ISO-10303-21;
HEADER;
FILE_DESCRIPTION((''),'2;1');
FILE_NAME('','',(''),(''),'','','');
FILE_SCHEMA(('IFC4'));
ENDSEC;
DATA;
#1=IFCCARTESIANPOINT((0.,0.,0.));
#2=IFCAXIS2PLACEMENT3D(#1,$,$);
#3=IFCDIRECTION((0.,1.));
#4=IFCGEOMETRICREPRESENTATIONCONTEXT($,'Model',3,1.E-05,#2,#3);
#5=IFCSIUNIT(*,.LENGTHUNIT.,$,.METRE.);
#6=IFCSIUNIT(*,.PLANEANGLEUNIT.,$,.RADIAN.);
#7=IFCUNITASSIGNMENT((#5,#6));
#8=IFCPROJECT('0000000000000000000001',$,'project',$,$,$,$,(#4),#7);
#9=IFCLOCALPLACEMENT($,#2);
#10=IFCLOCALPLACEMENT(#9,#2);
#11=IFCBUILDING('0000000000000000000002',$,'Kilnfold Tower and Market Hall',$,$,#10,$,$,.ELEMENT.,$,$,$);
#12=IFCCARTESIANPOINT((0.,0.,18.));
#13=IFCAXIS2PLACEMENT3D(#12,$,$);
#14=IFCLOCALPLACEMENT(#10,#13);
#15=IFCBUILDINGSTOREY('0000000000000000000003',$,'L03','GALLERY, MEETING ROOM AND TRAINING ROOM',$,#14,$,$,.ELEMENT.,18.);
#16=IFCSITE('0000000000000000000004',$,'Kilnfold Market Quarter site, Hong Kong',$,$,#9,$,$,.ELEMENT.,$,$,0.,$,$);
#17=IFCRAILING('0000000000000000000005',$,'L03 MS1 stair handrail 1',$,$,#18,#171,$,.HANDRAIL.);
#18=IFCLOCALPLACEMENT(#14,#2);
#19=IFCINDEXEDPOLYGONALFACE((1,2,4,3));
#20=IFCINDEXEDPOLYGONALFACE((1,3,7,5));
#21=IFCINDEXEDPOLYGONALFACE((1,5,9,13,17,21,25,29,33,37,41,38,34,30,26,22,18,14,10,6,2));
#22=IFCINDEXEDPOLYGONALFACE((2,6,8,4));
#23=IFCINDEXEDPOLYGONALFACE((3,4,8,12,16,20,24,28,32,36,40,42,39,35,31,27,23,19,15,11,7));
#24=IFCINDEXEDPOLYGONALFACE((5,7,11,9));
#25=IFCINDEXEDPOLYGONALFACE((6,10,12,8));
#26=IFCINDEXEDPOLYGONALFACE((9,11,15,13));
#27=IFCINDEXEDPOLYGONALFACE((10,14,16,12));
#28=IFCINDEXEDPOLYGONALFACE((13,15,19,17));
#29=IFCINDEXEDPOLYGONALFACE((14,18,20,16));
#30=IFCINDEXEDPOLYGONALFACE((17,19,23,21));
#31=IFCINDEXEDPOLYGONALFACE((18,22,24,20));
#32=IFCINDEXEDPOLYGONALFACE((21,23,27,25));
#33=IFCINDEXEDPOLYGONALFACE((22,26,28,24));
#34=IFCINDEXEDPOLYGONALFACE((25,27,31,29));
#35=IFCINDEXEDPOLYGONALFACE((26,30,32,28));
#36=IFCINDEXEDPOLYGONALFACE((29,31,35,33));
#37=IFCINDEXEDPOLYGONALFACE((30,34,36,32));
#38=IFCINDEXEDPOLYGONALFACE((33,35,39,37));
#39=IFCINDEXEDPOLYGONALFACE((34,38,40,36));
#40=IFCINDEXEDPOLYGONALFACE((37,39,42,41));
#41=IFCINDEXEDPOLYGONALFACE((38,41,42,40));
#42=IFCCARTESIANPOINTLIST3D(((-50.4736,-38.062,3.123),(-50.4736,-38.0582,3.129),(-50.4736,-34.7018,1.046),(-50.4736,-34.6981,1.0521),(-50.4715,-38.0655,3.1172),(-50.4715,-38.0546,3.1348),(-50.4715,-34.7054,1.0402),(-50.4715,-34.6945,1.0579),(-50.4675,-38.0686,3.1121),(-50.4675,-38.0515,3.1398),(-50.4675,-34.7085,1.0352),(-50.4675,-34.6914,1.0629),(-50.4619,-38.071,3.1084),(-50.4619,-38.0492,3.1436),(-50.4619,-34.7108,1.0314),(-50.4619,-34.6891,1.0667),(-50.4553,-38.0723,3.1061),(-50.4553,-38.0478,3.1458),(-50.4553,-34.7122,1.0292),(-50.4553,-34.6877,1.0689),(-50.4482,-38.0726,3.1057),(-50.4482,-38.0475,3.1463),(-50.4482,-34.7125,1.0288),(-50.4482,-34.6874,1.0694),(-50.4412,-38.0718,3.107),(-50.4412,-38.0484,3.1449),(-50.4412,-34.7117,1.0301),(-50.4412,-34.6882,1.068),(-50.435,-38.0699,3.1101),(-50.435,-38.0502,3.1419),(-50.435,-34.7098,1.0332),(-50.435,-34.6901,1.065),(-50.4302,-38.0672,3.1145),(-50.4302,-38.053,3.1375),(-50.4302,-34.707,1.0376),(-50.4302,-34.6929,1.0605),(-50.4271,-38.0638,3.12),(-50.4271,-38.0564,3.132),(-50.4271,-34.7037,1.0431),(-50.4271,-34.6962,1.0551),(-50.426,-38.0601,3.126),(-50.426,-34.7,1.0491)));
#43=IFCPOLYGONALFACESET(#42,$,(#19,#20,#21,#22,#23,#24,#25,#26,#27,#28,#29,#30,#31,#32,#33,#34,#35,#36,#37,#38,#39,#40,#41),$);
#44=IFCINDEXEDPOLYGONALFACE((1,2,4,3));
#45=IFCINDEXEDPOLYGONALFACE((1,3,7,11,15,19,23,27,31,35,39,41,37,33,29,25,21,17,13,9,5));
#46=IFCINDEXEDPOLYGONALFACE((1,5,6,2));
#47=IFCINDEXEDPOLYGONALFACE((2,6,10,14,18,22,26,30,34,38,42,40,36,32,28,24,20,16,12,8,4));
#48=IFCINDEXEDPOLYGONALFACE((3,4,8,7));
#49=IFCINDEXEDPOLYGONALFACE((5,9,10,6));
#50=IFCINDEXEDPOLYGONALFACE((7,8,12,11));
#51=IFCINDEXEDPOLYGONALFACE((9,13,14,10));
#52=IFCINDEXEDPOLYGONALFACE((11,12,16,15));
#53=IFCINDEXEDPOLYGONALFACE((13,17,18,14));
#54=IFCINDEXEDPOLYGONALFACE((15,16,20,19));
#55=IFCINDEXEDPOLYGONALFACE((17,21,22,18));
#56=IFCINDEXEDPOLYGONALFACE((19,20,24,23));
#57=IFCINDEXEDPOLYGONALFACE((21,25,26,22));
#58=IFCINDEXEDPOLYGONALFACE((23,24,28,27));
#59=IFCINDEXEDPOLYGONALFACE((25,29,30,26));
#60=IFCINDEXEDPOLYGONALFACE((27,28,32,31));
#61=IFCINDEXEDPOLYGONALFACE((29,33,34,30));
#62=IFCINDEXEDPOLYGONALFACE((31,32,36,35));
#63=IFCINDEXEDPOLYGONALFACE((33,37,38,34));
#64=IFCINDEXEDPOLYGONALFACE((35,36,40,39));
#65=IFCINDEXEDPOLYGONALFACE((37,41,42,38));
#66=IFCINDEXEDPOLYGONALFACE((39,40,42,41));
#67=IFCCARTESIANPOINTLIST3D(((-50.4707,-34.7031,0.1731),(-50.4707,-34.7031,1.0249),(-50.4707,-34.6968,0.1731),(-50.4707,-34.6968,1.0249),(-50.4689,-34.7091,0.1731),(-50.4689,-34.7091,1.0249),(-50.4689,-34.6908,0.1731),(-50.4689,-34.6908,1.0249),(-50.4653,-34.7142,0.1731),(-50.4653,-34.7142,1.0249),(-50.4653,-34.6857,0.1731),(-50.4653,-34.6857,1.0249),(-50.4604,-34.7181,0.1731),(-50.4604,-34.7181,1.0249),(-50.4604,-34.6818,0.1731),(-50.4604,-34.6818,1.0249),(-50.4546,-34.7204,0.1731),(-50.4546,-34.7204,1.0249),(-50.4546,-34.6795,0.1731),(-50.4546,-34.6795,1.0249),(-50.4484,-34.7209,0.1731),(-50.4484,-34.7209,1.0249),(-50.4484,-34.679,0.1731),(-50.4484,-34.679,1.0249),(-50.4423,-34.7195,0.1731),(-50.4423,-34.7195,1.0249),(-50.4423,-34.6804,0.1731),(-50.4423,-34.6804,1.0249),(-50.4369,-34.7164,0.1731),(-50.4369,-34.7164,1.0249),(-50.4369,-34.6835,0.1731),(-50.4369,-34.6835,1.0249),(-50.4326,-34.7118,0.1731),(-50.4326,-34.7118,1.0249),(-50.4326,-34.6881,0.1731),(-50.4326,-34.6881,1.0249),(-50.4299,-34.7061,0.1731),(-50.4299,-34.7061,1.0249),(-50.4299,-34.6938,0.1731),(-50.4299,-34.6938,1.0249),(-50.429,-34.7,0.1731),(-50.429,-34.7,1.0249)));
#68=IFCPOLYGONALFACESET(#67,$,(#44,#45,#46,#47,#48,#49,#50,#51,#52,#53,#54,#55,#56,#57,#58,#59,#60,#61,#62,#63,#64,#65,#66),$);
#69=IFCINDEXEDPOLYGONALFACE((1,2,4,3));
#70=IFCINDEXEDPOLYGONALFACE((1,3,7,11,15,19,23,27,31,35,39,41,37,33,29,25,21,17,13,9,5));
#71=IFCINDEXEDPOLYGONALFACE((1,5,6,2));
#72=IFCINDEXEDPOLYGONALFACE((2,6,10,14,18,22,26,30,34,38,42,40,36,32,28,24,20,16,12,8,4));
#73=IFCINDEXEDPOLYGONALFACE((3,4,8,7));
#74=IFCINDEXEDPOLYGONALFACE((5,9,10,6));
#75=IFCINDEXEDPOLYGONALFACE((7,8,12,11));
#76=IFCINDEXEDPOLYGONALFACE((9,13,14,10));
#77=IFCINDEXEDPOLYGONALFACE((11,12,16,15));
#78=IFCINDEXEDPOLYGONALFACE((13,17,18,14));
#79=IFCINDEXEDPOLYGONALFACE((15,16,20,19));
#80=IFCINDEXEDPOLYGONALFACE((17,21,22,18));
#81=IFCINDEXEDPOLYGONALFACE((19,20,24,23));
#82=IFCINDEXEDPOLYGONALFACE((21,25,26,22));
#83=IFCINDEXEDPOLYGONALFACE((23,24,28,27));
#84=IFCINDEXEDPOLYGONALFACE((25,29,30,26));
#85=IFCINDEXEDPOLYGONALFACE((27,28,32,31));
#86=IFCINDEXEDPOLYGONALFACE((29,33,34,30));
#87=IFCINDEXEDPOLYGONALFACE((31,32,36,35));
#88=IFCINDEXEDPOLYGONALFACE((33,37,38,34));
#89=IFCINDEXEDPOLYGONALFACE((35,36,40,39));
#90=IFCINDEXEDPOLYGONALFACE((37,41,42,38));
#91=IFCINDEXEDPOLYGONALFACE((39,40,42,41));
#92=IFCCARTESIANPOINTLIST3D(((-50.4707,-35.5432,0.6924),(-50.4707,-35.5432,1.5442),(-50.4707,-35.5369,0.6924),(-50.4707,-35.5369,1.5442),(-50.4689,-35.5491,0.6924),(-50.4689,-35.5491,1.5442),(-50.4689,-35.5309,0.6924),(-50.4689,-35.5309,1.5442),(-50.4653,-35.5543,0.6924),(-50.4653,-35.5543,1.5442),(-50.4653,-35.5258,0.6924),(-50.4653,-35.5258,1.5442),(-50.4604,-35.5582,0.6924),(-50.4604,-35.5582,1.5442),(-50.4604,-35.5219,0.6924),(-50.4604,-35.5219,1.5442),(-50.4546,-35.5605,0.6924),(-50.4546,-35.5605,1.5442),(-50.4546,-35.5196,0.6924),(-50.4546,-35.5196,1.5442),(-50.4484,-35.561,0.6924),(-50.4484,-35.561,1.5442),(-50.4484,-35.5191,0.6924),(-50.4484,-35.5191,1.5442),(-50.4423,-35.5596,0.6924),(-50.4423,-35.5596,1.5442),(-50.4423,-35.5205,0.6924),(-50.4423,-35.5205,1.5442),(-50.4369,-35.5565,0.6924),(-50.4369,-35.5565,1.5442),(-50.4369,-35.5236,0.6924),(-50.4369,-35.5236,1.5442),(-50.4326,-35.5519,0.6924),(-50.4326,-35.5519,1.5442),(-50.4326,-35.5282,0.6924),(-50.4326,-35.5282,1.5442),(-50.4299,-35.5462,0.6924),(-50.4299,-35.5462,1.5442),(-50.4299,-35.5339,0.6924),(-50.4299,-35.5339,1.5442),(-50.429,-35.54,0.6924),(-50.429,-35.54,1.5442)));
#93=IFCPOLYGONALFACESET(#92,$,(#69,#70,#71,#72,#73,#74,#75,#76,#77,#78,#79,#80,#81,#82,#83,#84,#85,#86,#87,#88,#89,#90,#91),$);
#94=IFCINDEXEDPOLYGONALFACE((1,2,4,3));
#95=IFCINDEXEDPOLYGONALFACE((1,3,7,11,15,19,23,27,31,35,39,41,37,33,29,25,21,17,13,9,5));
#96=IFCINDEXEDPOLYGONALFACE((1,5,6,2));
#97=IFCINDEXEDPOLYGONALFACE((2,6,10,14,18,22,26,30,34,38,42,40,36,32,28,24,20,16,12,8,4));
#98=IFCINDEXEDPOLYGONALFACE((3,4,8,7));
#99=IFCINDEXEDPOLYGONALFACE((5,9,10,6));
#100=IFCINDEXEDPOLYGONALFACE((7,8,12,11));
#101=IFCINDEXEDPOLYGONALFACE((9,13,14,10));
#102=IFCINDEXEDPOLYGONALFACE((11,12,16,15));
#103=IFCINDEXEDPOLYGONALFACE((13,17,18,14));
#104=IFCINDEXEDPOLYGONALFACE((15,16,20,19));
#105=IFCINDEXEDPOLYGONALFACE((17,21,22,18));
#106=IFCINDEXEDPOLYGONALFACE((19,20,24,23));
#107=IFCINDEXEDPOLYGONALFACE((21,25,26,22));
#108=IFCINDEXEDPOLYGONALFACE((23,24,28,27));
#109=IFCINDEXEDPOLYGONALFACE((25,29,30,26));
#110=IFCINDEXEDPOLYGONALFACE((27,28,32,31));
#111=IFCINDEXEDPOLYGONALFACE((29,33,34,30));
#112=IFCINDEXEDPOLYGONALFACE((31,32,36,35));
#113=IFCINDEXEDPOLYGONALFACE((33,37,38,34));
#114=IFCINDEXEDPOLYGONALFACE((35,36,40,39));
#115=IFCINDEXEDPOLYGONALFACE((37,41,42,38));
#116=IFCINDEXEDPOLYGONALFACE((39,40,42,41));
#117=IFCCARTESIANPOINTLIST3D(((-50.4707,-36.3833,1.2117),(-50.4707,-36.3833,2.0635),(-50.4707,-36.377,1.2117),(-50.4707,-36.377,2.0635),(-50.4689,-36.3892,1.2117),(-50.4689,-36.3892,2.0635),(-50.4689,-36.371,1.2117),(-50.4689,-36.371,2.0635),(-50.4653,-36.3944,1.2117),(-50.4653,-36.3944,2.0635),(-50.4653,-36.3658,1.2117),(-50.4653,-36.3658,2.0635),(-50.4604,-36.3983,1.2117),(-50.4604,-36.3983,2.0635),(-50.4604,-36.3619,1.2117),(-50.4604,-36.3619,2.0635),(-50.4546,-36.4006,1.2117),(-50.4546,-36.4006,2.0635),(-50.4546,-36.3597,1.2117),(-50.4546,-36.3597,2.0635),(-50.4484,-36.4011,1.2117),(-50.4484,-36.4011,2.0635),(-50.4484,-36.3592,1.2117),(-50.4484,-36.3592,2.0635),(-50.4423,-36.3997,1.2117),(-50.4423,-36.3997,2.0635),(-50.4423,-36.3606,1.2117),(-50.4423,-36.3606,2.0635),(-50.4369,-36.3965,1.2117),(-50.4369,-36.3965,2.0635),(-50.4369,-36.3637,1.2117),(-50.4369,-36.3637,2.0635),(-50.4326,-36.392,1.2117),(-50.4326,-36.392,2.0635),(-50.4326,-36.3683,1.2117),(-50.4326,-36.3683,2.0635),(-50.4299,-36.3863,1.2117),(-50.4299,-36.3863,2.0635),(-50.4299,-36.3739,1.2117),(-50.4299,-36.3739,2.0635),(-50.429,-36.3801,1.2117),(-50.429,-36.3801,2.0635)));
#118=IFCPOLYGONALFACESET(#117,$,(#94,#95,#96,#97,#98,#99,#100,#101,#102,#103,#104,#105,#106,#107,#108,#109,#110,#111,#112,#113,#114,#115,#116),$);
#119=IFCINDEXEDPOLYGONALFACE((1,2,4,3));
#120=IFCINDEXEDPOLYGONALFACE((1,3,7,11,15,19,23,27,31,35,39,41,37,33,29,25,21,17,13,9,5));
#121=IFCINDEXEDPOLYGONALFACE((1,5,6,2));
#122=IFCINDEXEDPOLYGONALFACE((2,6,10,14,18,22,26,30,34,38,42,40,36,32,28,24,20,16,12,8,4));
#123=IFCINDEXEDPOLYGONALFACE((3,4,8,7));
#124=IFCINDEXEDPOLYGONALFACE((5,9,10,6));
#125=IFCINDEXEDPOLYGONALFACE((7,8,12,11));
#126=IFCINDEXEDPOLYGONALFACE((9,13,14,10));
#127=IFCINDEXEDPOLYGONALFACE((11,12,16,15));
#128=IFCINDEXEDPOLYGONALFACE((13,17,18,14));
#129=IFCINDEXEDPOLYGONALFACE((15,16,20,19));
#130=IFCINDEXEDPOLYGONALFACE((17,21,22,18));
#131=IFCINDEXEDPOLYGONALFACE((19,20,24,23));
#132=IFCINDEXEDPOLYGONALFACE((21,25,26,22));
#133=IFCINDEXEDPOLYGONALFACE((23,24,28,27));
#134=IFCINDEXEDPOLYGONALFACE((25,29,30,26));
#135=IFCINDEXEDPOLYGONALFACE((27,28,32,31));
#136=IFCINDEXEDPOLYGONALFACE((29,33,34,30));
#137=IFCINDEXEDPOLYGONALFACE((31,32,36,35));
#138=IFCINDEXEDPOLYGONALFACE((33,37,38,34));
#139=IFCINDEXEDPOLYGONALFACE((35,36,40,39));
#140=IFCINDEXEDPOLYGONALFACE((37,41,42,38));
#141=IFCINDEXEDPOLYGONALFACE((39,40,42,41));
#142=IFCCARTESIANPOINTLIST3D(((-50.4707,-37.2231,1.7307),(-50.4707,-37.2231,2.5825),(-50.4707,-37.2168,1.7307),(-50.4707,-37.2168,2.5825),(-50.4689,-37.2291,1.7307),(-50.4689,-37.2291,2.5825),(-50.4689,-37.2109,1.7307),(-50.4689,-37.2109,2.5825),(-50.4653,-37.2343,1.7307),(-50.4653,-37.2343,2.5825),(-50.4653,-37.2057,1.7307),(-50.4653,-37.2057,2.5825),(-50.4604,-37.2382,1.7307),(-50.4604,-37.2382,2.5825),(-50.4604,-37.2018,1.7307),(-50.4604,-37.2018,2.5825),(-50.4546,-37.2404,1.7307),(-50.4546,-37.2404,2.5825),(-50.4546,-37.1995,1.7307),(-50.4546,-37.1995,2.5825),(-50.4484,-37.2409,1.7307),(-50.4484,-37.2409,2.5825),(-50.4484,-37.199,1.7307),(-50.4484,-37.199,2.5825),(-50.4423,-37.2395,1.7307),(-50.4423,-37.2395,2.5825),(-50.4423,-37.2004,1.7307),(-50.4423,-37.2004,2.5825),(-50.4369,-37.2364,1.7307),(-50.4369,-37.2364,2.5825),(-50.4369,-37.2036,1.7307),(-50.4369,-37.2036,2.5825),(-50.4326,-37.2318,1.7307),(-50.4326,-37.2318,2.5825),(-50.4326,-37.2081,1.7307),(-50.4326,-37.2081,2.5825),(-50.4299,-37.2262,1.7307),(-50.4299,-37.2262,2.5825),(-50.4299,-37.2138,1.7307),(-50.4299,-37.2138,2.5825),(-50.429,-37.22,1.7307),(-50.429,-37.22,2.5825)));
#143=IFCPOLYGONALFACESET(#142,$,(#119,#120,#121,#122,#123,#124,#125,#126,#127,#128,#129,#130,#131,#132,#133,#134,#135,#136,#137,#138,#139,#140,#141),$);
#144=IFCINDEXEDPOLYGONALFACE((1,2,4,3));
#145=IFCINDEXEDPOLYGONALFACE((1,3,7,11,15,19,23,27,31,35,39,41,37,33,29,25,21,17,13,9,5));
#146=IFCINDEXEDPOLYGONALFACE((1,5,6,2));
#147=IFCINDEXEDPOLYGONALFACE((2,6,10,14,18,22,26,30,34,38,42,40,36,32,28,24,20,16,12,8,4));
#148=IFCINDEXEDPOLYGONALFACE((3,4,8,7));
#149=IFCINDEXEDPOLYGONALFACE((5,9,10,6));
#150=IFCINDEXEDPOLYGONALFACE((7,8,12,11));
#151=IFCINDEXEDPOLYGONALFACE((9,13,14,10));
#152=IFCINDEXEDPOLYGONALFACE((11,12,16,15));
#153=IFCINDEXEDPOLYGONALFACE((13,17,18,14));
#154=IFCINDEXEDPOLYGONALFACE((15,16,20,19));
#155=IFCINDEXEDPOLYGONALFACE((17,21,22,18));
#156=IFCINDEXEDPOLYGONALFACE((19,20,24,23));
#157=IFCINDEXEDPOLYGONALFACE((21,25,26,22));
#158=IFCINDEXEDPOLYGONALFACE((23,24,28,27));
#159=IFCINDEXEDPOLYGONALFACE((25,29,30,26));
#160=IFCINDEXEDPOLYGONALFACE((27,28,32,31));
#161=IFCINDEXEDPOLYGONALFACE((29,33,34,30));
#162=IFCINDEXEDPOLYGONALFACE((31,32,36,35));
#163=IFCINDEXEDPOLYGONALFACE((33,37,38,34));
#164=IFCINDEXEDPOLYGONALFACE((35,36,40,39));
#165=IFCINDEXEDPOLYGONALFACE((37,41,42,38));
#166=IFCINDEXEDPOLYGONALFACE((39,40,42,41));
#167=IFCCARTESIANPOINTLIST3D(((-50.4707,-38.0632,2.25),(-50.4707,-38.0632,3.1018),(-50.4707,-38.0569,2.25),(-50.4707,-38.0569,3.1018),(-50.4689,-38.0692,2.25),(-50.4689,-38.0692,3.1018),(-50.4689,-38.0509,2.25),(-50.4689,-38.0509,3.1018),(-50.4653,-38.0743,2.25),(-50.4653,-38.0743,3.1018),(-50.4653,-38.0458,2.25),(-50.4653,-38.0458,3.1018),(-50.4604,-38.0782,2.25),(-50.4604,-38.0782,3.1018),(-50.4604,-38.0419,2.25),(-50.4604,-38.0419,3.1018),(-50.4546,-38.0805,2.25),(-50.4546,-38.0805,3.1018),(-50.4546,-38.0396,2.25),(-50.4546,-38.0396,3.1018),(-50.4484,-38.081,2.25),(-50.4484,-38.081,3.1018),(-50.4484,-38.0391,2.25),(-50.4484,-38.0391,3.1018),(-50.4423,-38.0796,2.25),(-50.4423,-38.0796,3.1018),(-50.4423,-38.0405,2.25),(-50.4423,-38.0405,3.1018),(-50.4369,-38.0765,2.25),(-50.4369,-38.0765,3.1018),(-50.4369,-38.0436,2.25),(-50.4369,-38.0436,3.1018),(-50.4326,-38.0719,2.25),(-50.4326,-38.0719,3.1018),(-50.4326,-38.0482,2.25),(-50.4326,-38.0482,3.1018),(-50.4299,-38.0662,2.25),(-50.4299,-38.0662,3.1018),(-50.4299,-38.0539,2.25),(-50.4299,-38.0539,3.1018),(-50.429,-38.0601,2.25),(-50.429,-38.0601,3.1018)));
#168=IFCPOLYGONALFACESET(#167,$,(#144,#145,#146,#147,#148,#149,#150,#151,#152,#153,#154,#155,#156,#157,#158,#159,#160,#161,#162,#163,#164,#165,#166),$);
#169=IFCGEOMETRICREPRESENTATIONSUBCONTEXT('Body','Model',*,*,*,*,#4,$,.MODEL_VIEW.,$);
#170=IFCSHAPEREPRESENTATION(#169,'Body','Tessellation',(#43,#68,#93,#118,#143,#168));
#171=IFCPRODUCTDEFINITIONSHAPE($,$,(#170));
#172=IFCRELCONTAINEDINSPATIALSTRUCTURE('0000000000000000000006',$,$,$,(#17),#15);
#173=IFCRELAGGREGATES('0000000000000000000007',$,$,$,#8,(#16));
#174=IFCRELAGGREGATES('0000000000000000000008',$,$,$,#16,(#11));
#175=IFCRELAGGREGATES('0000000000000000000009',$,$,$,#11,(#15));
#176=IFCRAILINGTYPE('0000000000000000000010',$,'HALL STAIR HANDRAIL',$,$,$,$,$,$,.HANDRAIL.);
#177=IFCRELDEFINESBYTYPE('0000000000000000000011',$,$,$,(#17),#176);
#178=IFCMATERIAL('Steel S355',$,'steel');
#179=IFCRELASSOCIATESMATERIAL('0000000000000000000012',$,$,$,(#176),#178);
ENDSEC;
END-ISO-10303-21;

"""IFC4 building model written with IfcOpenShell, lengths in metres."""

from ifc_helpers import new_model, si_unit, direction, frame, origin, origin_2d, place, context, subcontext, project, spatial, circle, extrude, material, type_object, element, save


model = new_model("IFC4")

# Units and contexts
model_context = context("Model", 3, precision=1e-05, world=origin(), true_north=direction((0.0, 1.0)))
body_context = subcontext(model_context, "Body", "Model", "MODEL_VIEW")
ifc_project = project(units=[si_unit("LENGTHUNIT", "METRE"), si_unit("PLANEANGLEUNIT", "RADIAN")], contexts=[model_context])

# Site, building, storey
site_placement = place(None, origin())
site = spatial("IfcSite", under=ifc_project, at=site_placement, Name="Kilnfold Market Quarter site, Hong Kong", CompositionType="ELEMENT", RefElevation=0.0)
building_placement = place(site_placement, origin())
building = spatial("IfcBuilding", under=site, at=building_placement, Name="Kilnfold Tower and Market Hall", CompositionType="ELEMENT")
storey_placement = place(building_placement, frame((0.0, 0.0, 18.0)))
storey = spatial("IfcBuildingStorey", under=building, at=storey_placement, Name="L03", Description="GALLERY, MEETING ROOM AND TRAINING ROOM", CompositionType="ELEMENT", Elevation=18.0)

# Railing
ifc_material_1 = material(Name="Steel S355", Category="steel")
railing_type_1 = type_object("IfcRailingType", Name="HALL STAIR HANDRAIL", PredefinedType="HANDRAIL", material=ifc_material_1)
railing_1_placement = place(storey_placement, frame((-50.45, -34.7, 0.1731)))
element("IfcRailing", 1, at=railing_1_placement, inside=storey, type_object=railing_type_1, Name="L03 MS1 stair handrail 1", PredefinedType="HANDRAIL", context=body_context, shape_type="SweptSolid", body=[
    extrude(circle(Radius=0.0239, at=origin_2d()), frame((0.0, 0.0, 0.876), z_axis=(0.0, -0.850623, 0.525776), x_axis=(1.0, 0.0, 0.0)), (0.0, 0.0, 1.0), 3.9502),
    extrude(circle(Radius=0.021, at=origin_2d()), origin(), (0.0, 0.0, 1.0), 0.8518),
    extrude(circle(Radius=0.021, at=origin_2d()), frame((0.0, -0.8401, 0.5193)), (0.0, 0.0, 1.0), 0.8518),
    extrude(circle(Radius=0.021, at=origin_2d()), frame((0.0, -1.6802, 1.0386)), (0.0, 0.0, 1.0), 0.8518),
    extrude(circle(Radius=0.021, at=origin_2d()), frame((0.0, -2.52, 1.5576)), (0.0, 0.0, 1.0), 0.8518),
    extrude(circle(Radius=0.021, at=origin_2d()), frame((0.0, -3.3601, 2.0769)), (0.0, 0.0, 1.0), 0.8518),
])

save(model, "model.ifc")
